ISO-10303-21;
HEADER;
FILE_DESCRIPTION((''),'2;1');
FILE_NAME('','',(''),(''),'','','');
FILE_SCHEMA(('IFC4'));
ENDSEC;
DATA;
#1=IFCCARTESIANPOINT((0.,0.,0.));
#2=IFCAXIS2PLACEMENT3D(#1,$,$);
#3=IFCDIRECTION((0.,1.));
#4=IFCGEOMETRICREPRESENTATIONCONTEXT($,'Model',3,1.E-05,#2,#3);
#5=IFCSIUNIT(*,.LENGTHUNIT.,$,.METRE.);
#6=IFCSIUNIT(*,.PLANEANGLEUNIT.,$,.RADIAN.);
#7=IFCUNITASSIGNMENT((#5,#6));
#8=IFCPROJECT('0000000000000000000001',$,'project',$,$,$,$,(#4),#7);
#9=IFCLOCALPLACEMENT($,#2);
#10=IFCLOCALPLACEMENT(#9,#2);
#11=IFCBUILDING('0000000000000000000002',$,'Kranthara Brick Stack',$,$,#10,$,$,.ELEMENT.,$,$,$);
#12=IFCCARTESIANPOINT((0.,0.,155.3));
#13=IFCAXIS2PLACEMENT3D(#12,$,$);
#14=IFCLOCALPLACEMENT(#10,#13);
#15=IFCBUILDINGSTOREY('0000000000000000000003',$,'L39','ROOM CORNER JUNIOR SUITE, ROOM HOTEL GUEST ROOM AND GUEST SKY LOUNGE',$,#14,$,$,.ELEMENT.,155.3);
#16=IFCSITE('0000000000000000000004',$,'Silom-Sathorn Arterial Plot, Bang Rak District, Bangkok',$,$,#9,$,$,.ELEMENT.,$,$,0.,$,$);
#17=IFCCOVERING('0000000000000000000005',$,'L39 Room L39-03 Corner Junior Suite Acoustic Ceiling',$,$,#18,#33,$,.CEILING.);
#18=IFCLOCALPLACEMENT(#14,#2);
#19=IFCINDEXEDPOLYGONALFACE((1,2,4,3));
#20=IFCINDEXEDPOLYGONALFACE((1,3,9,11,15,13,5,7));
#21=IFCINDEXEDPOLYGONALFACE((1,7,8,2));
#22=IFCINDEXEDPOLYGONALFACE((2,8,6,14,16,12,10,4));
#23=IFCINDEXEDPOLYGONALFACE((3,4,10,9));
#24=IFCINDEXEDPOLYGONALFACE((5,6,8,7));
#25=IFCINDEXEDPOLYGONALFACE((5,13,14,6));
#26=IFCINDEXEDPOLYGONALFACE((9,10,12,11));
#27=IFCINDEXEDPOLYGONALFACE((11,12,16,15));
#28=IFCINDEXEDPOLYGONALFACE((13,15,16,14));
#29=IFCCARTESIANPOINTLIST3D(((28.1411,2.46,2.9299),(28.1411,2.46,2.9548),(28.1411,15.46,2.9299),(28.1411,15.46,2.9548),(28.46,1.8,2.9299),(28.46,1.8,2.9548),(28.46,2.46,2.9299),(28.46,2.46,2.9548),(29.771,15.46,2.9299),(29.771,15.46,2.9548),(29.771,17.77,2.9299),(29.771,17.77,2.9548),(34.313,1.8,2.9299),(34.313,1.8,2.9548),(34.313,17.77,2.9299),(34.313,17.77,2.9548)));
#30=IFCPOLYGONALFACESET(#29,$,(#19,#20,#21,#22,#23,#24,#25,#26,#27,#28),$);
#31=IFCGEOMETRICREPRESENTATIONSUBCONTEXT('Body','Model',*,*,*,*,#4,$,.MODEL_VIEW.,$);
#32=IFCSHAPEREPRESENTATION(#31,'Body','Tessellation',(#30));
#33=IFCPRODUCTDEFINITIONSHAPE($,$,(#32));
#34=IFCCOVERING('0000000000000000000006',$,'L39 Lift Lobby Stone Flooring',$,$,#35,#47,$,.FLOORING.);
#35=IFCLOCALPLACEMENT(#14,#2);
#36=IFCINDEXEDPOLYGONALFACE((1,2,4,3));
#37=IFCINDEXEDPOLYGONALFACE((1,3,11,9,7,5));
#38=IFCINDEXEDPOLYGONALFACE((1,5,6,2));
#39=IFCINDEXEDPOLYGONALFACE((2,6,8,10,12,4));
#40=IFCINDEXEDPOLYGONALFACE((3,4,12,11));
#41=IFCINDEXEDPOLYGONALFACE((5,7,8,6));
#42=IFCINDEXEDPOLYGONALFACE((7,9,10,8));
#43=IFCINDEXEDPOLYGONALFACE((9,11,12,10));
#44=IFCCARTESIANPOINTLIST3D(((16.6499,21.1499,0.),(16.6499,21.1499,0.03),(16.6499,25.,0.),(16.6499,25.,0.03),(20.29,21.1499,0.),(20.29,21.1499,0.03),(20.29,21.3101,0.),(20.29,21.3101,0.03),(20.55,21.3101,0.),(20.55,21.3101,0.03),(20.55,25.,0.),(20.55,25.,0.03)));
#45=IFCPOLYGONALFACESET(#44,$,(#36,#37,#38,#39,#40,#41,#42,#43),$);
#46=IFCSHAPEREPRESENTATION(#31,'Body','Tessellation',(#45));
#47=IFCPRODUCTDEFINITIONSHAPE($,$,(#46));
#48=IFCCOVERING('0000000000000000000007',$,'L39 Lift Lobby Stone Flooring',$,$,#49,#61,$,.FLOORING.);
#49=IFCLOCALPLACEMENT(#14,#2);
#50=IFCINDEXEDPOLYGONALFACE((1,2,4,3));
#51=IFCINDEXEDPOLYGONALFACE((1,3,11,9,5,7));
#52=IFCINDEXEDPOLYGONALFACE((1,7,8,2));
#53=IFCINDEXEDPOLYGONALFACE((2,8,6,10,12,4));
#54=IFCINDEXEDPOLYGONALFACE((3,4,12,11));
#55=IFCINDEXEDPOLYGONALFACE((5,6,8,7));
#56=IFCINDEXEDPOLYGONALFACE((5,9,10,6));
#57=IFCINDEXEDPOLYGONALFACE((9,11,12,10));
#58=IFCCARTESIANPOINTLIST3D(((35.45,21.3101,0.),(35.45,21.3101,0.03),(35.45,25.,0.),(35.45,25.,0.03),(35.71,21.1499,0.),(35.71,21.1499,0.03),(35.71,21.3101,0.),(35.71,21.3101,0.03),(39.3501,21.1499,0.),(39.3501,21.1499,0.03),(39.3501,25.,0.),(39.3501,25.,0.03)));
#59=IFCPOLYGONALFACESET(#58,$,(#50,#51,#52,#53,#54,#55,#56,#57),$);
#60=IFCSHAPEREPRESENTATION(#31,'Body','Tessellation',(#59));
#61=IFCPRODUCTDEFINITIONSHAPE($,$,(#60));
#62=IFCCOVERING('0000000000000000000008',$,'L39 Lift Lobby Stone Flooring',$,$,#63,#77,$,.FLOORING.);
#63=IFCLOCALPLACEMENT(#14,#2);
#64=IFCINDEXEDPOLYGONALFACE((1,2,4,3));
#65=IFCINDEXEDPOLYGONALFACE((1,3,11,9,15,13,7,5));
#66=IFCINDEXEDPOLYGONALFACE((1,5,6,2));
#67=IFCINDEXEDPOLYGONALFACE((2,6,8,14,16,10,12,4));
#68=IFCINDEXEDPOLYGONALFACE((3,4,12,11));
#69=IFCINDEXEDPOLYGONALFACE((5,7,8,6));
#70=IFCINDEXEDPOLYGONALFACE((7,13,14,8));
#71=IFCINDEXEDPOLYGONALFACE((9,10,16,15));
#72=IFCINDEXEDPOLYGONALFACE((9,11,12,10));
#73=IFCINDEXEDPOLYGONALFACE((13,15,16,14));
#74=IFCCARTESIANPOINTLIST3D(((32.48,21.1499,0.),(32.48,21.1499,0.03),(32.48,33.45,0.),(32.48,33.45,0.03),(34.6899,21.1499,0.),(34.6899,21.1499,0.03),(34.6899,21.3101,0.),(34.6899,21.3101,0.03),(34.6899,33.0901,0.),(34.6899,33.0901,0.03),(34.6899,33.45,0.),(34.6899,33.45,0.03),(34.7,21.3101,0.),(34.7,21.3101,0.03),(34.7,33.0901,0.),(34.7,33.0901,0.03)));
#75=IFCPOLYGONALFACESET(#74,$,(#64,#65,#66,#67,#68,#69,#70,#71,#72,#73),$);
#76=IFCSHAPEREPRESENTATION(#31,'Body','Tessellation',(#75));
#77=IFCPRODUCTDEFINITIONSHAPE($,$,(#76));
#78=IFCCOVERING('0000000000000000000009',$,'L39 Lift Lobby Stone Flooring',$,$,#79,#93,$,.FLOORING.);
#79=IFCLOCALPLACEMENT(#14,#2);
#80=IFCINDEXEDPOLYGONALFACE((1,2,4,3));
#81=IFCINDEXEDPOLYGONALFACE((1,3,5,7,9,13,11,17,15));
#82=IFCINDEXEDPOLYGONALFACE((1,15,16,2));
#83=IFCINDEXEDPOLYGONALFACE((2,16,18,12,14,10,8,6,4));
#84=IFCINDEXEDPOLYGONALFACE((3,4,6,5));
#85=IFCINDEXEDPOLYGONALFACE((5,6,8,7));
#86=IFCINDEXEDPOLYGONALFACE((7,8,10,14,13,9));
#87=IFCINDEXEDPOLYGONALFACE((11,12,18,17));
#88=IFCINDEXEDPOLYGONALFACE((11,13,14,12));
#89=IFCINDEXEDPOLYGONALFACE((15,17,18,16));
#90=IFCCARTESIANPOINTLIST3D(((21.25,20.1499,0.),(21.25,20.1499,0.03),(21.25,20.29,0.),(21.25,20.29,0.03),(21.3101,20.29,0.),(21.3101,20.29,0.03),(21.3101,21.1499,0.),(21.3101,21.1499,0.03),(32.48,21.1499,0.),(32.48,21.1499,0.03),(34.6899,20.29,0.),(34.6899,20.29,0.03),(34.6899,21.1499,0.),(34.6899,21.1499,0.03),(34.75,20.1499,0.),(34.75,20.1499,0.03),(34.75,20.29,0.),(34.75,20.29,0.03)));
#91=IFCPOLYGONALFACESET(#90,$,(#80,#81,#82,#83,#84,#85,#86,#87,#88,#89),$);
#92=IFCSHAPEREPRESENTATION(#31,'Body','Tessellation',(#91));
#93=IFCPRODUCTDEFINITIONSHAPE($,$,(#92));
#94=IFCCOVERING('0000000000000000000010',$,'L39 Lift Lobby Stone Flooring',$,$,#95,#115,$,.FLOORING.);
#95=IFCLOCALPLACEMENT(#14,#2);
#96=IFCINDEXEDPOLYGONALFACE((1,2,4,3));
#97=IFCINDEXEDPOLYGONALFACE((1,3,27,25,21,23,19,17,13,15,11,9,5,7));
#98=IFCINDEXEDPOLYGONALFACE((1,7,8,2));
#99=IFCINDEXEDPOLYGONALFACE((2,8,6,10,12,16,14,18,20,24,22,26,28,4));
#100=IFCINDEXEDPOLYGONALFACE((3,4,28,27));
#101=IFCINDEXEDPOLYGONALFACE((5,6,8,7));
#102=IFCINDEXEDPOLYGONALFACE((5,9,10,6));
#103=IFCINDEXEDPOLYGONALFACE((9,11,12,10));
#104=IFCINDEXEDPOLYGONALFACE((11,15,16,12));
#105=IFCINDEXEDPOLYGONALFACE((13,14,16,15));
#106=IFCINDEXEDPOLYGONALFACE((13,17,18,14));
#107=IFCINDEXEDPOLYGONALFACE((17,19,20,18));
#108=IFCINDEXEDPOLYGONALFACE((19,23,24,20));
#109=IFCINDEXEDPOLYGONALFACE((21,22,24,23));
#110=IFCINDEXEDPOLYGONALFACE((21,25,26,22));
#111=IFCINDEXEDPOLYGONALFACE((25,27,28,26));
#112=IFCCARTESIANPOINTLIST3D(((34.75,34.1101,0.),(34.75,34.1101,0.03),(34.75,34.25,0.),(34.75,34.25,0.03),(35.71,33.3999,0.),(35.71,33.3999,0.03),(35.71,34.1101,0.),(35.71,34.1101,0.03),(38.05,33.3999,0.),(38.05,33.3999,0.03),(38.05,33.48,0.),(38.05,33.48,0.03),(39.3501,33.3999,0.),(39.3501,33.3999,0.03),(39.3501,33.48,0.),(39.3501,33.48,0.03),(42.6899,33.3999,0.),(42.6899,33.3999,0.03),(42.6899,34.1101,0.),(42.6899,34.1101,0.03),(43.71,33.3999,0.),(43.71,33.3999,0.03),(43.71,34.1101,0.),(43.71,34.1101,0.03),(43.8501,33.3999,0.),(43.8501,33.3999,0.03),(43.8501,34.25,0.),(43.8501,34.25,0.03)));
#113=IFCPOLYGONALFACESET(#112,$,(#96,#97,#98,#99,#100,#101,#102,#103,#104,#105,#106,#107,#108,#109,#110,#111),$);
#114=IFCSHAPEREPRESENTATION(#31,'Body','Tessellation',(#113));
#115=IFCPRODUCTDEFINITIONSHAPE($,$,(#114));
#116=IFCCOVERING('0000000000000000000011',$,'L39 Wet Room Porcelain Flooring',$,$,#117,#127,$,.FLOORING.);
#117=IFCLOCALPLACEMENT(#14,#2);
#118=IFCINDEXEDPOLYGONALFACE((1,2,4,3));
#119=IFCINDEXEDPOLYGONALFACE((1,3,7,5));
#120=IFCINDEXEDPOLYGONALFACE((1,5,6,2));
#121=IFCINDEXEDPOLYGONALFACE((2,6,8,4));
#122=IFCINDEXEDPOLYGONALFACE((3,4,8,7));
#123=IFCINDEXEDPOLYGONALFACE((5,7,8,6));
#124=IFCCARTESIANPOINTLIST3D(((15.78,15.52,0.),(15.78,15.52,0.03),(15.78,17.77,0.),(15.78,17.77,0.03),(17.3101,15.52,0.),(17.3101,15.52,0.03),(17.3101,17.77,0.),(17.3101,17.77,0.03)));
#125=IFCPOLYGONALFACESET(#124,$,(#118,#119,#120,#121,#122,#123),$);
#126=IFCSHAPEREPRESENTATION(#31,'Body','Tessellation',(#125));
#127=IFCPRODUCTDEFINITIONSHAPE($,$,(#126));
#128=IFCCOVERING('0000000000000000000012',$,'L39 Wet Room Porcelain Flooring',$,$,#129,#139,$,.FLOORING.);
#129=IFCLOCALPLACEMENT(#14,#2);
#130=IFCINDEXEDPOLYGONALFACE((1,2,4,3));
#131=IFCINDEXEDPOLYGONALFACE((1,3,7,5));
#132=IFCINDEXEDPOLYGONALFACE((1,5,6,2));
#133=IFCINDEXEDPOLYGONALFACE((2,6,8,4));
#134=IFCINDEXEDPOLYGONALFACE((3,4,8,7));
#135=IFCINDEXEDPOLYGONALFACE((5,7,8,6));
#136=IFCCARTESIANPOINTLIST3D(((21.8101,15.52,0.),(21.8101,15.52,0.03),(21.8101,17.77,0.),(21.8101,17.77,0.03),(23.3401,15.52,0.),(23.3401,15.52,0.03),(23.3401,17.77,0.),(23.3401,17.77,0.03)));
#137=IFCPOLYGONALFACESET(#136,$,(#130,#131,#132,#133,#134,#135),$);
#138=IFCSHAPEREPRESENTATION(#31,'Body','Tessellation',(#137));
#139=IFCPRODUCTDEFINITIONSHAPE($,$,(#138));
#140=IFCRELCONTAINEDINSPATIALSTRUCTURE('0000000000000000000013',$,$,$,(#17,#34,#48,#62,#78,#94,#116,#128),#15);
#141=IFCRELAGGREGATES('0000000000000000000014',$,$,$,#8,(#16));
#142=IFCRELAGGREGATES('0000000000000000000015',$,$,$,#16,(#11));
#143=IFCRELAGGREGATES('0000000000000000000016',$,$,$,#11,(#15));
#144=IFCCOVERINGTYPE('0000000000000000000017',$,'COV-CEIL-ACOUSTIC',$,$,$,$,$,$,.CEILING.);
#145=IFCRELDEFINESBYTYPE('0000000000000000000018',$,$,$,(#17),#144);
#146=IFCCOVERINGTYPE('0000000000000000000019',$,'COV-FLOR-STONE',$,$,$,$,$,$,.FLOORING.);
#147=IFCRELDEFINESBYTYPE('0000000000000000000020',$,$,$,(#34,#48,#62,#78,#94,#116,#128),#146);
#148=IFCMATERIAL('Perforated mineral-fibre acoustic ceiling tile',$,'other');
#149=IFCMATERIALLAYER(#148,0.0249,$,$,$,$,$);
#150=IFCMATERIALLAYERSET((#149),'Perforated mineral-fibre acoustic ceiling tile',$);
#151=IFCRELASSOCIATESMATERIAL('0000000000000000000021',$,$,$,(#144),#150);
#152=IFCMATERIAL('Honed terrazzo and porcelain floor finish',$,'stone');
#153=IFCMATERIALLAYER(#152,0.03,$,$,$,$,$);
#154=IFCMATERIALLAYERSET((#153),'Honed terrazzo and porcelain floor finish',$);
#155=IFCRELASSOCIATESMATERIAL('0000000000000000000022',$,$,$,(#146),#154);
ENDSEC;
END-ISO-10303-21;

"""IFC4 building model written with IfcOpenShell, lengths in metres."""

from ifc_helpers import new_model, si_unit, direction, frame, origin, place, context, subcontext, project, spatial, polyline, outline, extrude, material, layer, layer_set, type_object, element, save


model = new_model("IFC4")

# Units and contexts
model_context = context("Model", 3, precision=1e-05, world=origin(), true_north=direction((0.0, 1.0)))
body_context = subcontext(model_context, "Body", "Model", "MODEL_VIEW")
ifc_project = project(units=[si_unit("LENGTHUNIT", "METRE"), si_unit("PLANEANGLEUNIT", "RADIAN")], contexts=[model_context])

# Site, building, storey
site_placement = place(None, origin())
site = spatial("IfcSite", under=ifc_project, at=site_placement, Name="Silom-Sathorn Arterial Plot, Bang Rak District, Bangkok", CompositionType="ELEMENT", RefElevation=0.0)
building_placement = place(site_placement, origin())
building = spatial("IfcBuilding", under=site, at=building_placement, Name="Kranthara Brick Stack", CompositionType="ELEMENT")
storey_placement = place(building_placement, frame((0.0, 0.0, 155.3)))
storey = spatial("IfcBuildingStorey", under=building, at=storey_placement, Name="L39", Description="ROOM CORNER JUNIOR SUITE, ROOM HOTEL GUEST ROOM AND GUEST SKY LOUNGE", CompositionType="ELEMENT", Elevation=155.3)

# Coverings
ifc_material_1 = material(Name="Perforated mineral-fibre acoustic ceiling tile", Category="other")
ifc_layer_1 = layer(ifc_material_1, 0.0249)
ifc_layer_set_1 = layer_set([ifc_layer_1], Name="Perforated mineral-fibre acoustic ceiling tile")
covering_type_1 = type_object("IfcCoveringType", Name="COV-CEIL-ACOUSTIC", PredefinedType="CEILING", material=ifc_layer_set_1)
covering_1_placement = place(storey_placement, frame((0.0, 0.0, 2.9299)))
element("IfcCovering", 1, at=covering_1_placement, inside=storey, type_object=covering_type_1, Name="L39 Room L39-03 Corner Junior Suite Acoustic Ceiling", PredefinedType="CEILING", context=body_context, shape_type="SweptSolid", body=[
    extrude(outline(polyline([(28.1411, 15.46), (29.771, 15.46), (29.771, 17.77), (34.313, 17.77), (34.313, 1.8), (28.46, 1.8), (28.46, 2.46), (28.1411, 2.46), (28.1411, 15.46)])), origin(), (0.0, 0.0, 1.0), 0.0249),
])
ifc_material_2 = material(Name="Honed terrazzo and porcelain floor finish", Category="stone")
ifc_layer_2 = layer(ifc_material_2, 0.03)
ifc_layer_set_2 = layer_set([ifc_layer_2], Name="Honed terrazzo and porcelain floor finish")
covering_type_2 = type_object("IfcCoveringType", Name="COV-FLOR-STONE", PredefinedType="FLOORING", material=ifc_layer_set_2)
covering_2_placement = place(storey_placement, origin())
element("IfcCovering", 2, at=covering_2_placement, inside=storey, type_object=covering_type_2, Name="L39 Lift Lobby Stone Flooring", PredefinedType="FLOORING", context=body_context, shape_type="SweptSolid", body=[
    extrude(outline(polyline([(16.6499, 21.1499), (16.6499, 25.0), (20.55, 25.0), (20.55, 21.3101), (20.29, 21.3101), (20.29, 21.1499), (16.6499, 21.1499)])), origin(), (0.0, 0.0, 1.0), 0.03),
])
covering_3_placement = place(storey_placement, origin())
element("IfcCovering", 3, at=covering_3_placement, inside=storey, type_object=covering_type_2, Name="L39 Lift Lobby Stone Flooring", PredefinedType="FLOORING", context=body_context, shape_type="SweptSolid", body=[
    extrude(outline(polyline([(35.45, 25.0), (39.3501, 25.0), (39.3501, 21.1499), (35.71, 21.1499), (35.71, 21.3101), (35.45, 21.3101), (35.45, 25.0)])), origin(), (0.0, 0.0, 1.0), 0.03),
])
covering_4_placement = place(storey_placement, origin())
element("IfcCovering", 4, at=covering_4_placement, inside=storey, type_object=covering_type_2, Name="L39 Lift Lobby Stone Flooring", PredefinedType="FLOORING", context=body_context, shape_type="SweptSolid", body=[
    extrude(outline(polyline([(32.48, 33.45), (34.6899, 33.45), (34.6899, 33.0901), (34.7, 33.0901), (34.7, 21.3101), (34.6899, 21.3101), (34.6899, 21.1499), (32.48, 21.1499), (32.48, 33.45)])), origin(), (0.0, 0.0, 1.0), 0.03),
])
covering_5_placement = place(storey_placement, origin())
element("IfcCovering", 5, at=covering_5_placement, inside=storey, type_object=covering_type_2, Name="L39 Lift Lobby Stone Flooring", PredefinedType="FLOORING", context=body_context, shape_type="SweptSolid", body=[
    extrude(outline(polyline([(21.25, 20.29), (21.3101, 20.29), (21.3101, 21.1499), (32.48, 21.1499), (34.6899, 21.1499), (34.6899, 20.29), (34.75, 20.29), (34.75, 20.1499), (21.25, 20.1499), (21.25, 20.29)])), origin(), (0.0, 0.0, 1.0), 0.03),
])
covering_6_placement = place(storey_placement, origin())
element("IfcCovering", 6, at=covering_6_placement, inside=storey, type_object=covering_type_2, Name="L39 Lift Lobby Stone Flooring", PredefinedType="FLOORING", context=body_context, shape_type="SweptSolid", body=[
    extrude(outline(polyline([(43.71, 33.3999), (43.71, 34.1101), (42.6899, 34.1101), (42.6899, 33.3999), (39.3501, 33.3999), (39.3501, 33.48), (38.05, 33.48), (38.05, 33.3999), (35.71, 33.3999), (35.71, 34.1101), (34.75, 34.1101), (34.75, 34.25), (43.8501, 34.25), (43.8501, 33.3999), (43.71, 33.3999)])), origin(), (0.0, 0.0, 1.0), 0.03),
])
covering_7_placement = place(storey_placement, origin())
element("IfcCovering", 7, at=covering_7_placement, inside=storey, type_object=covering_type_2, Name="L39 Wet Room Porcelain Flooring", PredefinedType="FLOORING", context=body_context, shape_type="SweptSolid", body=[
    extrude(outline(polyline([(15.78, 15.52), (15.78, 17.77), (17.3101, 17.77), (17.3101, 15.52), (15.78, 15.52)])), origin(), (0.0, 0.0, 1.0), 0.03),
])
covering_8_placement = place(storey_placement, origin())
element("IfcCovering", 8, at=covering_8_placement, inside=storey, type_object=covering_type_2, Name="L39 Wet Room Porcelain Flooring", PredefinedType="FLOORING", context=body_context, shape_type="SweptSolid", body=[
    extrude(outline(polyline([(21.8101, 15.52), (21.8101, 17.77), (23.3401, 17.77), (23.3401, 15.52), (21.8101, 15.52)])), origin(), (0.0, 0.0, 1.0), 0.03),
])

save(model, "model.ifc")
